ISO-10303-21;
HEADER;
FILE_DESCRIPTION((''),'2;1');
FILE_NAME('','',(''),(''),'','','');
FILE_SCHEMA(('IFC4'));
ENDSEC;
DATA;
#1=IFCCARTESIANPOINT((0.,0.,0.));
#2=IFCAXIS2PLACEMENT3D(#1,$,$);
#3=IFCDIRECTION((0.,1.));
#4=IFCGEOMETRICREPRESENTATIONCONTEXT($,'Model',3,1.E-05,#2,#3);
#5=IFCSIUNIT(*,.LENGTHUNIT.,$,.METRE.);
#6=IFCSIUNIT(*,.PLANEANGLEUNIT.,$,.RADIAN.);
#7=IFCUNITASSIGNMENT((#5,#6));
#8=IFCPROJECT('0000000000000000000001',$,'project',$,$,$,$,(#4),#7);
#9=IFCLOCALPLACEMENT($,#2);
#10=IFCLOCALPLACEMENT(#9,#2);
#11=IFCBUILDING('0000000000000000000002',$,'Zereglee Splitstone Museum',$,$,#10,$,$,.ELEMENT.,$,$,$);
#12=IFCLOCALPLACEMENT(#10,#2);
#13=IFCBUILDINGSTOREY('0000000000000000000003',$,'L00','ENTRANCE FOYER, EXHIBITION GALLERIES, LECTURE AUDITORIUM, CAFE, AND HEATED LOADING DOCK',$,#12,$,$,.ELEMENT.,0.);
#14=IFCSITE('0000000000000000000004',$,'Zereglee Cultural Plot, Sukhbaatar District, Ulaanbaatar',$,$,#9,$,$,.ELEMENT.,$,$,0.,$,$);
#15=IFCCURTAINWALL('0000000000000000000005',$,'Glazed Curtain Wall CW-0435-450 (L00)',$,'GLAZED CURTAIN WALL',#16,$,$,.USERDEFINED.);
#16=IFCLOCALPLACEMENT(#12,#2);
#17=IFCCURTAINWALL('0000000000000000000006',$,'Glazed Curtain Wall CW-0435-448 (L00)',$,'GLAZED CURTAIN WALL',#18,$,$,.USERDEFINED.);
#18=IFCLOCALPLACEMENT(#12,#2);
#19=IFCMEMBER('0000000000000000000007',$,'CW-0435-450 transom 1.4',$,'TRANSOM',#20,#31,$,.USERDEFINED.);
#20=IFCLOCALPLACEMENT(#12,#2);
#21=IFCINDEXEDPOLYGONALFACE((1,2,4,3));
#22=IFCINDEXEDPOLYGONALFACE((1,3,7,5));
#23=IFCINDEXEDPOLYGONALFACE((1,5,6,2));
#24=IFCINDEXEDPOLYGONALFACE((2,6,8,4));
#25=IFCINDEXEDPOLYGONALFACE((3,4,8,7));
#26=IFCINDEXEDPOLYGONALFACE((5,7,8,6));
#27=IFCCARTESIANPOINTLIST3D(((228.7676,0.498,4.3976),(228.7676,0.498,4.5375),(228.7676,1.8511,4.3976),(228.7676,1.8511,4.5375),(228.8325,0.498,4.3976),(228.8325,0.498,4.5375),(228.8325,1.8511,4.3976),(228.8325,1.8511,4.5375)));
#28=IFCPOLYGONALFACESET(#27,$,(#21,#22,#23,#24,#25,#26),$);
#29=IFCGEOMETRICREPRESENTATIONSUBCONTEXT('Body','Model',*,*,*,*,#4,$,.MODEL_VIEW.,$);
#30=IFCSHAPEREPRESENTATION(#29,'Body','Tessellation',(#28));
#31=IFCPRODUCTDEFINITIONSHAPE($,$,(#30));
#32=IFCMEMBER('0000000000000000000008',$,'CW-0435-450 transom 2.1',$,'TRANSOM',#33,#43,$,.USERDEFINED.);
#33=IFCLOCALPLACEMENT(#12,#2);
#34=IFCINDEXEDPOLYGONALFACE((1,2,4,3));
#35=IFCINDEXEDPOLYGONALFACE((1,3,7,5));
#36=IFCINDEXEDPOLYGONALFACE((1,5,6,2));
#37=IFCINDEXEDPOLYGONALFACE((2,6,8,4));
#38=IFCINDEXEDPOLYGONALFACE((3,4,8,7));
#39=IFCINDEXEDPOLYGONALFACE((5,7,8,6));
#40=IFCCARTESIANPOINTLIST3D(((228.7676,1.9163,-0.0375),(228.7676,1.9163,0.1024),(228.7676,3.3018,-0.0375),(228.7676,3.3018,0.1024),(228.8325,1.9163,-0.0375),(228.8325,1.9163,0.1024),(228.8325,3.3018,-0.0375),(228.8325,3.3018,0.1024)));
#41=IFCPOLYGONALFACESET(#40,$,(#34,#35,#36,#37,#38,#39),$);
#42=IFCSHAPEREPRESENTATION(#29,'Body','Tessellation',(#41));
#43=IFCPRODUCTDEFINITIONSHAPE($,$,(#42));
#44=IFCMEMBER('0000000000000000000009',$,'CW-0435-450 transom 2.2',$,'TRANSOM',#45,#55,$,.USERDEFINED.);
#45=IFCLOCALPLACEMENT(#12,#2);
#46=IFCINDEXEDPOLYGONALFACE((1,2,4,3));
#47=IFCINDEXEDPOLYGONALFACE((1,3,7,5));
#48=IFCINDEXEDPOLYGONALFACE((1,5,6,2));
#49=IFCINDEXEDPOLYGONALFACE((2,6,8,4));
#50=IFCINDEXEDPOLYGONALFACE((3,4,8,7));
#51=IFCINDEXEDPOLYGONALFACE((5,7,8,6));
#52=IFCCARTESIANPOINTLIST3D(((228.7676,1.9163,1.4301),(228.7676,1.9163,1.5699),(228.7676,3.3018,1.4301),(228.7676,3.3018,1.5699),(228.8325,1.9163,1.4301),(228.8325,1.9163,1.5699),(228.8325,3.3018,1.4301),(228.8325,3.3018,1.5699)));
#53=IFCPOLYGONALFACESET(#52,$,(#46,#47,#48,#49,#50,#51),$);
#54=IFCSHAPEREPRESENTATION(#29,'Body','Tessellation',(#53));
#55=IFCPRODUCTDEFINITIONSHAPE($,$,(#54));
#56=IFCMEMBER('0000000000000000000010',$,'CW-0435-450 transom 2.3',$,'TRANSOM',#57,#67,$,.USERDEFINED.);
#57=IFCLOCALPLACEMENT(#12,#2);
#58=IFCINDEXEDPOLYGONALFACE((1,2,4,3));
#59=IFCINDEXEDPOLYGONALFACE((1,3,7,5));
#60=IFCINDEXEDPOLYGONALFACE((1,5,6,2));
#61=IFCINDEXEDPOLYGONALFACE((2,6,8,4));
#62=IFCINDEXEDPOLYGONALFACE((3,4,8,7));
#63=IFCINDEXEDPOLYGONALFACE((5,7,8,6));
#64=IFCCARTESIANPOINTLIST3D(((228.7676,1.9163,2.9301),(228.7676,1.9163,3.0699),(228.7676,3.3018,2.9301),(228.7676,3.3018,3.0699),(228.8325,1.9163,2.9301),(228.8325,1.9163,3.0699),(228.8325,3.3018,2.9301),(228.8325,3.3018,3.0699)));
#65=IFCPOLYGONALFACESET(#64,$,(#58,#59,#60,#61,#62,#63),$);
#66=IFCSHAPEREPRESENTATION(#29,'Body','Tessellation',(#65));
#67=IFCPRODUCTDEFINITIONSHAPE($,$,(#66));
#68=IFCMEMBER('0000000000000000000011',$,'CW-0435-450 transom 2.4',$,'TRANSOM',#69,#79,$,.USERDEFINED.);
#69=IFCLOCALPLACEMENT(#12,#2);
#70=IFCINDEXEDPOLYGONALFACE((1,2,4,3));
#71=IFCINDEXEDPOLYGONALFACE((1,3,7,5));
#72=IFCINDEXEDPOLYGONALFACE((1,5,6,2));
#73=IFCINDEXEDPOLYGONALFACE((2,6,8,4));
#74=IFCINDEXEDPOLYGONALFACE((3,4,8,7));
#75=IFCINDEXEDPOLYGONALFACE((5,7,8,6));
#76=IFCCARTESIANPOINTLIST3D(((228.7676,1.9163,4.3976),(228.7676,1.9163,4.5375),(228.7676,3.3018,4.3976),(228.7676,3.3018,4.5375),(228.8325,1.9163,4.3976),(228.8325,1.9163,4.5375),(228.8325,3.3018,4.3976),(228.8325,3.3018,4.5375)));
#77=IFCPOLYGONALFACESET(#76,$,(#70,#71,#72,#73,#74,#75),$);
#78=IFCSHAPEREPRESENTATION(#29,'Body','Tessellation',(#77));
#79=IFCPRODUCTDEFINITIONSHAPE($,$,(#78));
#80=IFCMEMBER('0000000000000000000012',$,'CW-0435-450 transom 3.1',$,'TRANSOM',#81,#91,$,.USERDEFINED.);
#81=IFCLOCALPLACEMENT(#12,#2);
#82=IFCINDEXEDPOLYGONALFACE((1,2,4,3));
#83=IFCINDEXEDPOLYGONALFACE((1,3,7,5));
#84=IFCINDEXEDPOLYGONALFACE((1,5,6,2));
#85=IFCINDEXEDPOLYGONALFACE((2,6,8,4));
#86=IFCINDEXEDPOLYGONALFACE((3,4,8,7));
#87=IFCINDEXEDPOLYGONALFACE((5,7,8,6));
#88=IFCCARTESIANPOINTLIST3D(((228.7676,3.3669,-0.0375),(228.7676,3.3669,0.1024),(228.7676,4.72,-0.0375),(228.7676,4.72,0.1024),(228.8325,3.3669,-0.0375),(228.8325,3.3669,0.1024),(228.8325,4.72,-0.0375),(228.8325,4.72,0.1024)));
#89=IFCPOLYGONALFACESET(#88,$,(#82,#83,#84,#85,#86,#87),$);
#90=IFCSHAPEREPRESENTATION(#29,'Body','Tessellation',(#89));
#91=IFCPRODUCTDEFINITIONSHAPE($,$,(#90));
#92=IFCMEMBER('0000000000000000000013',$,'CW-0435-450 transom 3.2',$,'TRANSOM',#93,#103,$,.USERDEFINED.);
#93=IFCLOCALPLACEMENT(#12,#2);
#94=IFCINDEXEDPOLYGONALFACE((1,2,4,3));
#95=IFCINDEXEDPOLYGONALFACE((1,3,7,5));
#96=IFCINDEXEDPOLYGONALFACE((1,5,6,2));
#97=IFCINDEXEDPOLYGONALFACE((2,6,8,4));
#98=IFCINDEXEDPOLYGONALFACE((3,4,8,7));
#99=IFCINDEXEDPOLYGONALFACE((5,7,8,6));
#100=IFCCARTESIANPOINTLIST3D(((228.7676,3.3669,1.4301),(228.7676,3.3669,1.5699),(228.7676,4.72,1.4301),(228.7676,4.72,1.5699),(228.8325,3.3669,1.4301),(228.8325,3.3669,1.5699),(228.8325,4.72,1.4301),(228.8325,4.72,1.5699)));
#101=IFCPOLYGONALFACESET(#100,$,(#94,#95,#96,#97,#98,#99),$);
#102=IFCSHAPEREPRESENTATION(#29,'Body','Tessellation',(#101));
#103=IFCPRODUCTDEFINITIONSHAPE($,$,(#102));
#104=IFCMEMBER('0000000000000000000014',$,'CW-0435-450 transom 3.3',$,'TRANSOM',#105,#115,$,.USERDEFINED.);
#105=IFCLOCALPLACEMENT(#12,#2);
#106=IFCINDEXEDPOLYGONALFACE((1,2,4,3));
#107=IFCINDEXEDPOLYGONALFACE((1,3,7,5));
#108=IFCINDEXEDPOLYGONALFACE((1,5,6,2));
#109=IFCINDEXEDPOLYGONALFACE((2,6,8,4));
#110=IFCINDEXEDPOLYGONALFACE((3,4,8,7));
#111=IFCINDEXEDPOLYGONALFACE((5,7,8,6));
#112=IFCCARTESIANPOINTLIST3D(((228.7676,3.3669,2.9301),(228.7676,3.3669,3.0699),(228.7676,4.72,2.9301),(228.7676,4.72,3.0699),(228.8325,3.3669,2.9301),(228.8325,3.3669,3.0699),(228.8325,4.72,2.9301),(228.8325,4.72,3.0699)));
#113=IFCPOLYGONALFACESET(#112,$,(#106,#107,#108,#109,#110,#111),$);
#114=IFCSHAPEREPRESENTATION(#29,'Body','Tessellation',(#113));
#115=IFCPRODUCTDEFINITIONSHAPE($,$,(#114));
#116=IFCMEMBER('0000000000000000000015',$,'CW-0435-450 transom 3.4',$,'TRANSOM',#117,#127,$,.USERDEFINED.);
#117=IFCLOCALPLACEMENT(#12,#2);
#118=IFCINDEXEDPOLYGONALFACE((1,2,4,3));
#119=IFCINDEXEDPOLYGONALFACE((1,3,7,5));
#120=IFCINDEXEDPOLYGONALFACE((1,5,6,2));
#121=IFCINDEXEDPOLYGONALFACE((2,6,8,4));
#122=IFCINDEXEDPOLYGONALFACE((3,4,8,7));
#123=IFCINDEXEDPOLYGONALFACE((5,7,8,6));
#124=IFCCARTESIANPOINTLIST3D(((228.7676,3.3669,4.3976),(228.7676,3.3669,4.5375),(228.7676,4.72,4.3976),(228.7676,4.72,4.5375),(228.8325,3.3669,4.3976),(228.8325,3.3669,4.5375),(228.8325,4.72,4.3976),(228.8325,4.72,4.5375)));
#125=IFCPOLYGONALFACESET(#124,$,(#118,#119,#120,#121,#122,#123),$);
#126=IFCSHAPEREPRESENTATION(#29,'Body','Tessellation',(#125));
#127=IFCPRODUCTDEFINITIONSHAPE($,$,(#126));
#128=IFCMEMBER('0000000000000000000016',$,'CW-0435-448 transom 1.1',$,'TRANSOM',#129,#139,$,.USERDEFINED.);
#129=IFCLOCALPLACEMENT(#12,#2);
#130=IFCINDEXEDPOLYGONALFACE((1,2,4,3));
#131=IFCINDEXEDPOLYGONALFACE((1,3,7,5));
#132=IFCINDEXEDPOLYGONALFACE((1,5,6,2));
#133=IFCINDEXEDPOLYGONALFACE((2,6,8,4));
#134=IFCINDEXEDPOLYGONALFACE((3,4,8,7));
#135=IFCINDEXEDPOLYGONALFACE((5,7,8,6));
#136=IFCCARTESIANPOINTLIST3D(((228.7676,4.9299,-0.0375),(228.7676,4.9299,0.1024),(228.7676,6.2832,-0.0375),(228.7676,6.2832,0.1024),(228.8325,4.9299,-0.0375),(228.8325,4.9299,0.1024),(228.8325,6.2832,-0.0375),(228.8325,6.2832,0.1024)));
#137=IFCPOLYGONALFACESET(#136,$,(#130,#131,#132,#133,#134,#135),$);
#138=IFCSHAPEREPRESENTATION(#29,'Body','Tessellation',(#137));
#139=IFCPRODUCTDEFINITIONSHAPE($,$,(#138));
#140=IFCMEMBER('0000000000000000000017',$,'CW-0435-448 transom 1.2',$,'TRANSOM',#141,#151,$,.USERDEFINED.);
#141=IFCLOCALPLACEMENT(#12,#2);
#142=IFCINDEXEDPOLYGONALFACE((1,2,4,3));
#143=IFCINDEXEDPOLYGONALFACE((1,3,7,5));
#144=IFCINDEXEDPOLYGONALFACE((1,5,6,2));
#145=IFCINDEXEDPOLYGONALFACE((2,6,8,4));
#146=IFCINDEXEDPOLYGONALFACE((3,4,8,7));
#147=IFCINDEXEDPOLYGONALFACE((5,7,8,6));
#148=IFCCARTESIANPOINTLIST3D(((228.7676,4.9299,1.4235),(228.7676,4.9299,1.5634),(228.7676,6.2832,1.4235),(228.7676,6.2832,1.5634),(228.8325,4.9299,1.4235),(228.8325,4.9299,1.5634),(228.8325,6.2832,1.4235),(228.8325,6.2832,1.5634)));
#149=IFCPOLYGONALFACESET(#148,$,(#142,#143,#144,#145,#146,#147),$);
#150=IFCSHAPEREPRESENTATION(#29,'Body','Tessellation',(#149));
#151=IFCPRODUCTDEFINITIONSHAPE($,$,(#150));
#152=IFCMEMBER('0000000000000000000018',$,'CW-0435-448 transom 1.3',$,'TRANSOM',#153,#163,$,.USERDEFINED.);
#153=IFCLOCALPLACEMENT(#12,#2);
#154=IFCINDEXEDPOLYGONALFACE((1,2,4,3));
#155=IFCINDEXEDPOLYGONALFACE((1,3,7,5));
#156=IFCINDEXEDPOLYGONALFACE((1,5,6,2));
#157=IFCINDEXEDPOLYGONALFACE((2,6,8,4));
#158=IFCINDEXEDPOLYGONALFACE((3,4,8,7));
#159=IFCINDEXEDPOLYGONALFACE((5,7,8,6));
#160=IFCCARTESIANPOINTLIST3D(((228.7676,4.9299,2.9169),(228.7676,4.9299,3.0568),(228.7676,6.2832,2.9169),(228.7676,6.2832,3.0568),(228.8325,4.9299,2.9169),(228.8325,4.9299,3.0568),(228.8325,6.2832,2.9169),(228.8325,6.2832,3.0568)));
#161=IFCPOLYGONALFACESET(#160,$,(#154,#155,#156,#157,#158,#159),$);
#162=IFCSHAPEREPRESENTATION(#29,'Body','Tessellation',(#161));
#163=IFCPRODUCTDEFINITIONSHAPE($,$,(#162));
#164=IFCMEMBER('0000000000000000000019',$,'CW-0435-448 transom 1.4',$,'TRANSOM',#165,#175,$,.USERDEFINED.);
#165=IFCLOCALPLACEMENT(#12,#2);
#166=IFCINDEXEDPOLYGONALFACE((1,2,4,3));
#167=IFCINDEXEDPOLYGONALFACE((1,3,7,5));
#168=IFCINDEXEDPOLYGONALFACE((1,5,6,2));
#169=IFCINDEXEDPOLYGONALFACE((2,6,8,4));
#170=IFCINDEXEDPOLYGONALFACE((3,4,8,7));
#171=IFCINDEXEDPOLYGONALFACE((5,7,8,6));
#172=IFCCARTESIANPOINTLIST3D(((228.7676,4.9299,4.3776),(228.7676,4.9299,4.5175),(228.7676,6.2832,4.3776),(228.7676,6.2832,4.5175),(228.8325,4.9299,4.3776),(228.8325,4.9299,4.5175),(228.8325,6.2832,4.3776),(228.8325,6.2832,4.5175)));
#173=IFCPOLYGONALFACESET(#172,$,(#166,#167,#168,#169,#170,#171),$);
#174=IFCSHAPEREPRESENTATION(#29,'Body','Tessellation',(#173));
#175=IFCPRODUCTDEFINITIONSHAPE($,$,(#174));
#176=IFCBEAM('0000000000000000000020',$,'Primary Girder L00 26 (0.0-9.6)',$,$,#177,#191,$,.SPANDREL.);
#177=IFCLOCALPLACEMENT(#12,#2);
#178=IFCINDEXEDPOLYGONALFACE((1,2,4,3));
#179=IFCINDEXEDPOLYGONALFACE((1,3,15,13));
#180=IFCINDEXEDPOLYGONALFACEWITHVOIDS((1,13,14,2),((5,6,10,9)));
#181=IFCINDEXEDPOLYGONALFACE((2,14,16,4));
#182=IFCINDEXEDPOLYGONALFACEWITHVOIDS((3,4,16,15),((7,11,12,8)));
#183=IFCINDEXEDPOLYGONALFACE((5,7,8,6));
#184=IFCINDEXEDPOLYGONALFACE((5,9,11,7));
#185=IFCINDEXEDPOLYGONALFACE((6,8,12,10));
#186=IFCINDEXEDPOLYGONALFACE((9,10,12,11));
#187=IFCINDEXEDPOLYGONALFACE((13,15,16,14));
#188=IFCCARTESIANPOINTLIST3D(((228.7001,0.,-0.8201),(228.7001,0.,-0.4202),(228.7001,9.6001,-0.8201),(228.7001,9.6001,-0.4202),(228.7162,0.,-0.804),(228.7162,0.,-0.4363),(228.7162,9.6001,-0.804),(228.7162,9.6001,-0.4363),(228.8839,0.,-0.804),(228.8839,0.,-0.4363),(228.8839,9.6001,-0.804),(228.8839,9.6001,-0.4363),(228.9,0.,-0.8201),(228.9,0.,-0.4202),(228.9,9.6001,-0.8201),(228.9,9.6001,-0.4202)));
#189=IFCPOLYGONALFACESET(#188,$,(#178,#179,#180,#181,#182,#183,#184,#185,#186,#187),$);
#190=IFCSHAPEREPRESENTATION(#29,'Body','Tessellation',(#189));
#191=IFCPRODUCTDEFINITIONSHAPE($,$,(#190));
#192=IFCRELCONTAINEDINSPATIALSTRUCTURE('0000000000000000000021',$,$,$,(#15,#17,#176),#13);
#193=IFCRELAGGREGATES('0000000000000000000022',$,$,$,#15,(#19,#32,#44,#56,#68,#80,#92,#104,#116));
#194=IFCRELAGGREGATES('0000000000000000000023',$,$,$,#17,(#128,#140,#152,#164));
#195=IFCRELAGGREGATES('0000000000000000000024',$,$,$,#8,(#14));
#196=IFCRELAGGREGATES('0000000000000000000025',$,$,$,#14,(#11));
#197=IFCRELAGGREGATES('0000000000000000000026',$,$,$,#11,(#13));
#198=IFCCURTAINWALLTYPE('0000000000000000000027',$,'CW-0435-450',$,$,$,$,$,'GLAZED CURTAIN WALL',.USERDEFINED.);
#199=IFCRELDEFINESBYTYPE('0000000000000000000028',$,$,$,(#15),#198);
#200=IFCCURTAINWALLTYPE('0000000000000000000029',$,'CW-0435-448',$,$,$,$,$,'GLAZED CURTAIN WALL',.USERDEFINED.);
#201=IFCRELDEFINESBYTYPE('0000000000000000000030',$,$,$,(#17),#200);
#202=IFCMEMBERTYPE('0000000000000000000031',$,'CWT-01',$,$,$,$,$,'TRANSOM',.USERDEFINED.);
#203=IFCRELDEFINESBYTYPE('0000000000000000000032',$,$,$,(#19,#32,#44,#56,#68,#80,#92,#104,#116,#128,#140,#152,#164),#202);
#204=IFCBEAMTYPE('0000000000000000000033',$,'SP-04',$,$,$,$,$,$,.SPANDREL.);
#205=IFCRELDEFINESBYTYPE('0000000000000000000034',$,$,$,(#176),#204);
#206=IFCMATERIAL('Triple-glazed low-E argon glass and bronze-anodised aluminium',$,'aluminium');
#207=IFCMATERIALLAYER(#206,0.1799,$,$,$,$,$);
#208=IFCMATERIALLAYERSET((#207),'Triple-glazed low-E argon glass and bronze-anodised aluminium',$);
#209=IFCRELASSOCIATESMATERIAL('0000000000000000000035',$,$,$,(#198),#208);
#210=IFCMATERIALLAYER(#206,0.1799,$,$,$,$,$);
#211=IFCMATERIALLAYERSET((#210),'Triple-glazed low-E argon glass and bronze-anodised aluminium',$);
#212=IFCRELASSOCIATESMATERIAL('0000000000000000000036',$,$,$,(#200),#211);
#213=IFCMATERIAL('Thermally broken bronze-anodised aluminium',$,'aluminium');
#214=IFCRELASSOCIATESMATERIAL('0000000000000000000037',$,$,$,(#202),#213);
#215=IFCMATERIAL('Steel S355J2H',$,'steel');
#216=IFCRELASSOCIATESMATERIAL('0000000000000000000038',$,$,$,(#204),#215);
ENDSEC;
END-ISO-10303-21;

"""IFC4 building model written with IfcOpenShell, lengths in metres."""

from ifc_helpers import new_model, si_unit, direction, frame, origin, origin_2d, place, context, subcontext, project, spatial, rectangle, hollow_rectangle, extrude, material, layer, layer_set, material_profile, profile_set, type_object, element, aggregate, save


model = new_model("IFC4")

# Units and contexts
model_context = context("Model", 3, precision=1e-05, world=origin(), true_north=direction((0.0, 1.0)))
body_context = subcontext(model_context, "Body", "Model", "MODEL_VIEW")
ifc_project = project(units=[si_unit("LENGTHUNIT", "METRE"), si_unit("PLANEANGLEUNIT", "RADIAN")], contexts=[model_context])

# Site, building, storey
site_placement = place(None, origin())
site = spatial("IfcSite", under=ifc_project, at=site_placement, Name="Zereglee Cultural Plot, Sukhbaatar District, Ulaanbaatar", CompositionType="ELEMENT", RefElevation=0.0)
building_placement = place(site_placement, origin())
building = spatial("IfcBuilding", under=site, at=building_placement, Name="Zereglee Splitstone Museum", CompositionType="ELEMENT")
storey_placement = place(building_placement, origin())
storey = spatial("IfcBuildingStorey", under=building, at=storey_placement, Name="L00", Description="ENTRANCE FOYER, EXHIBITION GALLERIES, LECTURE AUDITORIUM, CAFE, AND HEATED LOADING DOCK", CompositionType="ELEMENT", Elevation=0.0)

# Curtain wall
ifc_material_1 = material(Name="Triple-glazed low-E argon glass and bronze-anodised aluminium", Category="aluminium")
ifc_material_2 = material(Name="Thermally broken bronze-anodised aluminium", Category="aluminium")
ifc_layer_1 = layer(ifc_material_1, 0.1799)
ifc_layer_set_1 = layer_set([ifc_layer_1], Name="Triple-glazed low-E argon glass and bronze-anodised aluminium")
curtain_wall_type_1 = type_object("IfcCurtainWallType", Name="CW-0435-450", ElementType="GLAZED CURTAIN WALL", PredefinedType="USERDEFINED", material=ifc_layer_set_1)
curtain_wall_1_placement = place(storey_placement, origin())
curtain_wall_1 = element("IfcCurtainWall", 1, at=curtain_wall_1_placement, inside=storey, type_object=curtain_wall_type_1, Name="Glazed Curtain Wall CW-0435-450 (L00)", ObjectType="GLAZED CURTAIN WALL", PredefinedType="USERDEFINED")

# Curtain wall
ifc_layer_2 = layer(ifc_material_1, 0.1799)
ifc_layer_set_2 = layer_set([ifc_layer_2], Name="Triple-glazed low-E argon glass and bronze-anodised aluminium")
curtain_wall_type_2 = type_object("IfcCurtainWallType", Name="CW-0435-448", ElementType="GLAZED CURTAIN WALL", PredefinedType="USERDEFINED", material=ifc_layer_set_2)
curtain_wall_2_placement = place(storey_placement, origin())
curtain_wall_2 = element("IfcCurtainWall", 2, at=curtain_wall_2_placement, inside=storey, type_object=curtain_wall_type_2, Name="Glazed Curtain Wall CW-0435-448 (L00)", ObjectType="GLAZED CURTAIN WALL", PredefinedType="USERDEFINED")

# Members
ifc_material_profile_1 = material_profile(ifc_material_2, rectangle(XDim=0.0649, YDim=0.1399, at=origin_2d()), Name="CW TRAN 65x140")
ifc_profile_set_1 = profile_set([ifc_material_profile_1], Name="Thermally broken bronze-anodised aluminium")
member_type_1 = type_object("IfcMemberType", Name="CWT-01", ElementType="TRANSOM", PredefinedType="USERDEFINED", material=ifc_profile_set_1)
member_1_placement = place(storey_placement, frame((228.8, 0.498, 4.4675), z_axis=(0.0, 1.0, 0.0), x_axis=(-1.0, 0.0, 0.0)))
member_1 = element("IfcMember", 3, at=member_1_placement, type_object=member_type_1, Name="CW-0435-450 transom 1.4", ObjectType="TRANSOM", PredefinedType="USERDEFINED", context=body_context, shape_type="SweptSolid", body=[
    extrude(rectangle(XDim=0.0649, YDim=0.1399, at=origin_2d()), origin(), (0.0, 0.0, 1.0), 1.353),
])
member_2_placement = place(storey_placement, frame((228.8, 1.9163, 0.0325), z_axis=(0.0, 1.0, 0.0), x_axis=(-1.0, 0.0, 0.0)))
member_2 = element("IfcMember", 4, at=member_2_placement, type_object=member_type_1, Name="CW-0435-450 transom 2.1", ObjectType="TRANSOM", PredefinedType="USERDEFINED", context=body_context, shape_type="SweptSolid", body=[
    extrude(rectangle(XDim=0.0649, YDim=0.1399, at=origin_2d()), origin(), (0.0, 0.0, 1.0), 1.3855),
])
member_3_placement = place(storey_placement, frame((228.8, 1.9163, 1.5), z_axis=(0.0, 1.0, 0.0), x_axis=(-1.0, 0.0, 0.0)))
member_3 = element("IfcMember", 5, at=member_3_placement, type_object=member_type_1, Name="CW-0435-450 transom 2.2", ObjectType="TRANSOM", PredefinedType="USERDEFINED", context=body_context, shape_type="SweptSolid", body=[
    extrude(rectangle(XDim=0.0649, YDim=0.1399, at=origin_2d()), origin(), (0.0, 0.0, 1.0), 1.3855),
])
member_4_placement = place(storey_placement, frame((228.8, 1.9163, 3.0), z_axis=(0.0, 1.0, 0.0), x_axis=(-1.0, 0.0, 0.0)))
member_4 = element("IfcMember", 6, at=member_4_placement, type_object=member_type_1, Name="CW-0435-450 transom 2.3", ObjectType="TRANSOM", PredefinedType="USERDEFINED", context=body_context, shape_type="SweptSolid", body=[
    extrude(rectangle(XDim=0.0649, YDim=0.1399, at=origin_2d()), origin(), (0.0, 0.0, 1.0), 1.3855),
])
member_5_placement = place(storey_placement, frame((228.8, 1.9163, 4.4675), z_axis=(0.0, 1.0, 0.0), x_axis=(-1.0, 0.0, 0.0)))
member_5 = element("IfcMember", 7, at=member_5_placement, type_object=member_type_1, Name="CW-0435-450 transom 2.4", ObjectType="TRANSOM", PredefinedType="USERDEFINED", context=body_context, shape_type="SweptSolid", body=[
    extrude(rectangle(XDim=0.0649, YDim=0.1399, at=origin_2d()), origin(), (0.0, 0.0, 1.0), 1.3855),
])
member_6_placement = place(storey_placement, frame((228.8, 3.3669, 0.0325), z_axis=(0.0, 1.0, 0.0), x_axis=(-1.0, 0.0, 0.0)))
member_6 = element("IfcMember", 8, at=member_6_placement, type_object=member_type_1, Name="CW-0435-450 transom 3.1", ObjectType="TRANSOM", PredefinedType="USERDEFINED", context=body_context, shape_type="SweptSolid", body=[
    extrude(rectangle(XDim=0.0649, YDim=0.1399, at=origin_2d()), origin(), (0.0, 0.0, 1.0), 1.353),
])
member_7_placement = place(storey_placement, frame((228.8, 3.3669, 1.5), z_axis=(0.0, 1.0, 0.0), x_axis=(-1.0, 0.0, 0.0)))
member_7 = element("IfcMember", 9, at=member_7_placement, type_object=member_type_1, Name="CW-0435-450 transom 3.2", ObjectType="TRANSOM", PredefinedType="USERDEFINED", context=body_context, shape_type="SweptSolid", body=[
    extrude(rectangle(XDim=0.0649, YDim=0.1399, at=origin_2d()), origin(), (0.0, 0.0, 1.0), 1.353),
])
member_8_placement = place(storey_placement, frame((228.8, 3.3669, 3.0), z_axis=(0.0, 1.0, 0.0), x_axis=(-1.0, 0.0, 0.0)))
member_8 = element("IfcMember", 10, at=member_8_placement, type_object=member_type_1, Name="CW-0435-450 transom 3.3", ObjectType="TRANSOM", PredefinedType="USERDEFINED", context=body_context, shape_type="SweptSolid", body=[
    extrude(rectangle(XDim=0.0649, YDim=0.1399, at=origin_2d()), origin(), (0.0, 0.0, 1.0), 1.353),
])
member_9_placement = place(storey_placement, frame((228.8, 3.3669, 4.4675), z_axis=(0.0, 1.0, 0.0), x_axis=(-1.0, 0.0, 0.0)))
member_9 = element("IfcMember", 11, at=member_9_placement, type_object=member_type_1, Name="CW-0435-450 transom 3.4", ObjectType="TRANSOM", PredefinedType="USERDEFINED", context=body_context, shape_type="SweptSolid", body=[
    extrude(rectangle(XDim=0.0649, YDim=0.1399, at=origin_2d()), origin(), (0.0, 0.0, 1.0), 1.353),
])
member_10_placement = place(storey_placement, frame((228.8, 4.9299, 0.0325), z_axis=(0.0, 1.0, 0.0), x_axis=(-1.0, 0.0, 0.0)))
member_10 = element("IfcMember", 12, at=member_10_placement, type_object=member_type_1, Name="CW-0435-448 transom 1.1", ObjectType="TRANSOM", PredefinedType="USERDEFINED", context=body_context, shape_type="SweptSolid", body=[
    extrude(rectangle(XDim=0.0649, YDim=0.1399, at=origin_2d()), origin(), (0.0, 0.0, 1.0), 1.3533),
])
member_11_placement = place(storey_placement, frame((228.8, 4.9299, 1.4934), z_axis=(0.0, 1.0, 0.0), x_axis=(-1.0, 0.0, 0.0)))
member_11 = element("IfcMember", 13, at=member_11_placement, type_object=member_type_1, Name="CW-0435-448 transom 1.2", ObjectType="TRANSOM", PredefinedType="USERDEFINED", context=body_context, shape_type="SweptSolid", body=[
    extrude(rectangle(XDim=0.0649, YDim=0.1399, at=origin_2d()), origin(), (0.0, 0.0, 1.0), 1.3533),
])
member_12_placement = place(storey_placement, frame((228.8, 4.9299, 2.9868), z_axis=(0.0, 1.0, 0.0), x_axis=(-1.0, 0.0, 0.0)))
member_12 = element("IfcMember", 14, at=member_12_placement, type_object=member_type_1, Name="CW-0435-448 transom 1.3", ObjectType="TRANSOM", PredefinedType="USERDEFINED", context=body_context, shape_type="SweptSolid", body=[
    extrude(rectangle(XDim=0.0649, YDim=0.1399, at=origin_2d()), origin(), (0.0, 0.0, 1.0), 1.3533),
])
member_13_placement = place(storey_placement, frame((228.8, 4.9299, 4.4475), z_axis=(0.0, 1.0, 0.0), x_axis=(-1.0, 0.0, 0.0)))
member_13 = element("IfcMember", 15, at=member_13_placement, type_object=member_type_1, Name="CW-0435-448 transom 1.4", ObjectType="TRANSOM", PredefinedType="USERDEFINED", context=body_context, shape_type="SweptSolid", body=[
    extrude(rectangle(XDim=0.0649, YDim=0.1399, at=origin_2d()), origin(), (0.0, 0.0, 1.0), 1.3533),
])

# Beam
ifc_material_3 = material(Name="Steel S355J2H", Category="steel")
ifc_material_profile_2 = material_profile(ifc_material_3, hollow_rectangle(XDim=0.2, YDim=0.3999, WallThickness=0.0161, at=origin_2d()), Name="RHS 400x200x16")
ifc_profile_set_2 = profile_set([ifc_material_profile_2], Name="Steel S355J2H")
beam_type = type_object("IfcBeamType", Name="SP-04", PredefinedType="SPANDREL", material=ifc_profile_set_2)
beam_placement = place(storey_placement, frame((228.8, 0.0, -0.6201), z_axis=(0.0, 1.0, 0.0), x_axis=(-1.0, 0.0, 0.0)))
element("IfcBeam", 16, at=beam_placement, inside=storey, type_object=beam_type, Name="Primary Girder L00 26 (0.0-9.6)", PredefinedType="SPANDREL", context=body_context, shape_type="SweptSolid", body=[
    extrude(hollow_rectangle(XDim=0.2, YDim=0.3999, WallThickness=0.0161, at=origin_2d()), origin(), (0.0, 0.0, 1.0), 9.6001),
])

aggregate(curtain_wall_1, [member_1, member_2, member_3, member_4, member_5, member_6, member_7, member_8, member_9])
aggregate(curtain_wall_2, [member_10, member_11, member_12, member_13])

save(model, "model.ifc")
